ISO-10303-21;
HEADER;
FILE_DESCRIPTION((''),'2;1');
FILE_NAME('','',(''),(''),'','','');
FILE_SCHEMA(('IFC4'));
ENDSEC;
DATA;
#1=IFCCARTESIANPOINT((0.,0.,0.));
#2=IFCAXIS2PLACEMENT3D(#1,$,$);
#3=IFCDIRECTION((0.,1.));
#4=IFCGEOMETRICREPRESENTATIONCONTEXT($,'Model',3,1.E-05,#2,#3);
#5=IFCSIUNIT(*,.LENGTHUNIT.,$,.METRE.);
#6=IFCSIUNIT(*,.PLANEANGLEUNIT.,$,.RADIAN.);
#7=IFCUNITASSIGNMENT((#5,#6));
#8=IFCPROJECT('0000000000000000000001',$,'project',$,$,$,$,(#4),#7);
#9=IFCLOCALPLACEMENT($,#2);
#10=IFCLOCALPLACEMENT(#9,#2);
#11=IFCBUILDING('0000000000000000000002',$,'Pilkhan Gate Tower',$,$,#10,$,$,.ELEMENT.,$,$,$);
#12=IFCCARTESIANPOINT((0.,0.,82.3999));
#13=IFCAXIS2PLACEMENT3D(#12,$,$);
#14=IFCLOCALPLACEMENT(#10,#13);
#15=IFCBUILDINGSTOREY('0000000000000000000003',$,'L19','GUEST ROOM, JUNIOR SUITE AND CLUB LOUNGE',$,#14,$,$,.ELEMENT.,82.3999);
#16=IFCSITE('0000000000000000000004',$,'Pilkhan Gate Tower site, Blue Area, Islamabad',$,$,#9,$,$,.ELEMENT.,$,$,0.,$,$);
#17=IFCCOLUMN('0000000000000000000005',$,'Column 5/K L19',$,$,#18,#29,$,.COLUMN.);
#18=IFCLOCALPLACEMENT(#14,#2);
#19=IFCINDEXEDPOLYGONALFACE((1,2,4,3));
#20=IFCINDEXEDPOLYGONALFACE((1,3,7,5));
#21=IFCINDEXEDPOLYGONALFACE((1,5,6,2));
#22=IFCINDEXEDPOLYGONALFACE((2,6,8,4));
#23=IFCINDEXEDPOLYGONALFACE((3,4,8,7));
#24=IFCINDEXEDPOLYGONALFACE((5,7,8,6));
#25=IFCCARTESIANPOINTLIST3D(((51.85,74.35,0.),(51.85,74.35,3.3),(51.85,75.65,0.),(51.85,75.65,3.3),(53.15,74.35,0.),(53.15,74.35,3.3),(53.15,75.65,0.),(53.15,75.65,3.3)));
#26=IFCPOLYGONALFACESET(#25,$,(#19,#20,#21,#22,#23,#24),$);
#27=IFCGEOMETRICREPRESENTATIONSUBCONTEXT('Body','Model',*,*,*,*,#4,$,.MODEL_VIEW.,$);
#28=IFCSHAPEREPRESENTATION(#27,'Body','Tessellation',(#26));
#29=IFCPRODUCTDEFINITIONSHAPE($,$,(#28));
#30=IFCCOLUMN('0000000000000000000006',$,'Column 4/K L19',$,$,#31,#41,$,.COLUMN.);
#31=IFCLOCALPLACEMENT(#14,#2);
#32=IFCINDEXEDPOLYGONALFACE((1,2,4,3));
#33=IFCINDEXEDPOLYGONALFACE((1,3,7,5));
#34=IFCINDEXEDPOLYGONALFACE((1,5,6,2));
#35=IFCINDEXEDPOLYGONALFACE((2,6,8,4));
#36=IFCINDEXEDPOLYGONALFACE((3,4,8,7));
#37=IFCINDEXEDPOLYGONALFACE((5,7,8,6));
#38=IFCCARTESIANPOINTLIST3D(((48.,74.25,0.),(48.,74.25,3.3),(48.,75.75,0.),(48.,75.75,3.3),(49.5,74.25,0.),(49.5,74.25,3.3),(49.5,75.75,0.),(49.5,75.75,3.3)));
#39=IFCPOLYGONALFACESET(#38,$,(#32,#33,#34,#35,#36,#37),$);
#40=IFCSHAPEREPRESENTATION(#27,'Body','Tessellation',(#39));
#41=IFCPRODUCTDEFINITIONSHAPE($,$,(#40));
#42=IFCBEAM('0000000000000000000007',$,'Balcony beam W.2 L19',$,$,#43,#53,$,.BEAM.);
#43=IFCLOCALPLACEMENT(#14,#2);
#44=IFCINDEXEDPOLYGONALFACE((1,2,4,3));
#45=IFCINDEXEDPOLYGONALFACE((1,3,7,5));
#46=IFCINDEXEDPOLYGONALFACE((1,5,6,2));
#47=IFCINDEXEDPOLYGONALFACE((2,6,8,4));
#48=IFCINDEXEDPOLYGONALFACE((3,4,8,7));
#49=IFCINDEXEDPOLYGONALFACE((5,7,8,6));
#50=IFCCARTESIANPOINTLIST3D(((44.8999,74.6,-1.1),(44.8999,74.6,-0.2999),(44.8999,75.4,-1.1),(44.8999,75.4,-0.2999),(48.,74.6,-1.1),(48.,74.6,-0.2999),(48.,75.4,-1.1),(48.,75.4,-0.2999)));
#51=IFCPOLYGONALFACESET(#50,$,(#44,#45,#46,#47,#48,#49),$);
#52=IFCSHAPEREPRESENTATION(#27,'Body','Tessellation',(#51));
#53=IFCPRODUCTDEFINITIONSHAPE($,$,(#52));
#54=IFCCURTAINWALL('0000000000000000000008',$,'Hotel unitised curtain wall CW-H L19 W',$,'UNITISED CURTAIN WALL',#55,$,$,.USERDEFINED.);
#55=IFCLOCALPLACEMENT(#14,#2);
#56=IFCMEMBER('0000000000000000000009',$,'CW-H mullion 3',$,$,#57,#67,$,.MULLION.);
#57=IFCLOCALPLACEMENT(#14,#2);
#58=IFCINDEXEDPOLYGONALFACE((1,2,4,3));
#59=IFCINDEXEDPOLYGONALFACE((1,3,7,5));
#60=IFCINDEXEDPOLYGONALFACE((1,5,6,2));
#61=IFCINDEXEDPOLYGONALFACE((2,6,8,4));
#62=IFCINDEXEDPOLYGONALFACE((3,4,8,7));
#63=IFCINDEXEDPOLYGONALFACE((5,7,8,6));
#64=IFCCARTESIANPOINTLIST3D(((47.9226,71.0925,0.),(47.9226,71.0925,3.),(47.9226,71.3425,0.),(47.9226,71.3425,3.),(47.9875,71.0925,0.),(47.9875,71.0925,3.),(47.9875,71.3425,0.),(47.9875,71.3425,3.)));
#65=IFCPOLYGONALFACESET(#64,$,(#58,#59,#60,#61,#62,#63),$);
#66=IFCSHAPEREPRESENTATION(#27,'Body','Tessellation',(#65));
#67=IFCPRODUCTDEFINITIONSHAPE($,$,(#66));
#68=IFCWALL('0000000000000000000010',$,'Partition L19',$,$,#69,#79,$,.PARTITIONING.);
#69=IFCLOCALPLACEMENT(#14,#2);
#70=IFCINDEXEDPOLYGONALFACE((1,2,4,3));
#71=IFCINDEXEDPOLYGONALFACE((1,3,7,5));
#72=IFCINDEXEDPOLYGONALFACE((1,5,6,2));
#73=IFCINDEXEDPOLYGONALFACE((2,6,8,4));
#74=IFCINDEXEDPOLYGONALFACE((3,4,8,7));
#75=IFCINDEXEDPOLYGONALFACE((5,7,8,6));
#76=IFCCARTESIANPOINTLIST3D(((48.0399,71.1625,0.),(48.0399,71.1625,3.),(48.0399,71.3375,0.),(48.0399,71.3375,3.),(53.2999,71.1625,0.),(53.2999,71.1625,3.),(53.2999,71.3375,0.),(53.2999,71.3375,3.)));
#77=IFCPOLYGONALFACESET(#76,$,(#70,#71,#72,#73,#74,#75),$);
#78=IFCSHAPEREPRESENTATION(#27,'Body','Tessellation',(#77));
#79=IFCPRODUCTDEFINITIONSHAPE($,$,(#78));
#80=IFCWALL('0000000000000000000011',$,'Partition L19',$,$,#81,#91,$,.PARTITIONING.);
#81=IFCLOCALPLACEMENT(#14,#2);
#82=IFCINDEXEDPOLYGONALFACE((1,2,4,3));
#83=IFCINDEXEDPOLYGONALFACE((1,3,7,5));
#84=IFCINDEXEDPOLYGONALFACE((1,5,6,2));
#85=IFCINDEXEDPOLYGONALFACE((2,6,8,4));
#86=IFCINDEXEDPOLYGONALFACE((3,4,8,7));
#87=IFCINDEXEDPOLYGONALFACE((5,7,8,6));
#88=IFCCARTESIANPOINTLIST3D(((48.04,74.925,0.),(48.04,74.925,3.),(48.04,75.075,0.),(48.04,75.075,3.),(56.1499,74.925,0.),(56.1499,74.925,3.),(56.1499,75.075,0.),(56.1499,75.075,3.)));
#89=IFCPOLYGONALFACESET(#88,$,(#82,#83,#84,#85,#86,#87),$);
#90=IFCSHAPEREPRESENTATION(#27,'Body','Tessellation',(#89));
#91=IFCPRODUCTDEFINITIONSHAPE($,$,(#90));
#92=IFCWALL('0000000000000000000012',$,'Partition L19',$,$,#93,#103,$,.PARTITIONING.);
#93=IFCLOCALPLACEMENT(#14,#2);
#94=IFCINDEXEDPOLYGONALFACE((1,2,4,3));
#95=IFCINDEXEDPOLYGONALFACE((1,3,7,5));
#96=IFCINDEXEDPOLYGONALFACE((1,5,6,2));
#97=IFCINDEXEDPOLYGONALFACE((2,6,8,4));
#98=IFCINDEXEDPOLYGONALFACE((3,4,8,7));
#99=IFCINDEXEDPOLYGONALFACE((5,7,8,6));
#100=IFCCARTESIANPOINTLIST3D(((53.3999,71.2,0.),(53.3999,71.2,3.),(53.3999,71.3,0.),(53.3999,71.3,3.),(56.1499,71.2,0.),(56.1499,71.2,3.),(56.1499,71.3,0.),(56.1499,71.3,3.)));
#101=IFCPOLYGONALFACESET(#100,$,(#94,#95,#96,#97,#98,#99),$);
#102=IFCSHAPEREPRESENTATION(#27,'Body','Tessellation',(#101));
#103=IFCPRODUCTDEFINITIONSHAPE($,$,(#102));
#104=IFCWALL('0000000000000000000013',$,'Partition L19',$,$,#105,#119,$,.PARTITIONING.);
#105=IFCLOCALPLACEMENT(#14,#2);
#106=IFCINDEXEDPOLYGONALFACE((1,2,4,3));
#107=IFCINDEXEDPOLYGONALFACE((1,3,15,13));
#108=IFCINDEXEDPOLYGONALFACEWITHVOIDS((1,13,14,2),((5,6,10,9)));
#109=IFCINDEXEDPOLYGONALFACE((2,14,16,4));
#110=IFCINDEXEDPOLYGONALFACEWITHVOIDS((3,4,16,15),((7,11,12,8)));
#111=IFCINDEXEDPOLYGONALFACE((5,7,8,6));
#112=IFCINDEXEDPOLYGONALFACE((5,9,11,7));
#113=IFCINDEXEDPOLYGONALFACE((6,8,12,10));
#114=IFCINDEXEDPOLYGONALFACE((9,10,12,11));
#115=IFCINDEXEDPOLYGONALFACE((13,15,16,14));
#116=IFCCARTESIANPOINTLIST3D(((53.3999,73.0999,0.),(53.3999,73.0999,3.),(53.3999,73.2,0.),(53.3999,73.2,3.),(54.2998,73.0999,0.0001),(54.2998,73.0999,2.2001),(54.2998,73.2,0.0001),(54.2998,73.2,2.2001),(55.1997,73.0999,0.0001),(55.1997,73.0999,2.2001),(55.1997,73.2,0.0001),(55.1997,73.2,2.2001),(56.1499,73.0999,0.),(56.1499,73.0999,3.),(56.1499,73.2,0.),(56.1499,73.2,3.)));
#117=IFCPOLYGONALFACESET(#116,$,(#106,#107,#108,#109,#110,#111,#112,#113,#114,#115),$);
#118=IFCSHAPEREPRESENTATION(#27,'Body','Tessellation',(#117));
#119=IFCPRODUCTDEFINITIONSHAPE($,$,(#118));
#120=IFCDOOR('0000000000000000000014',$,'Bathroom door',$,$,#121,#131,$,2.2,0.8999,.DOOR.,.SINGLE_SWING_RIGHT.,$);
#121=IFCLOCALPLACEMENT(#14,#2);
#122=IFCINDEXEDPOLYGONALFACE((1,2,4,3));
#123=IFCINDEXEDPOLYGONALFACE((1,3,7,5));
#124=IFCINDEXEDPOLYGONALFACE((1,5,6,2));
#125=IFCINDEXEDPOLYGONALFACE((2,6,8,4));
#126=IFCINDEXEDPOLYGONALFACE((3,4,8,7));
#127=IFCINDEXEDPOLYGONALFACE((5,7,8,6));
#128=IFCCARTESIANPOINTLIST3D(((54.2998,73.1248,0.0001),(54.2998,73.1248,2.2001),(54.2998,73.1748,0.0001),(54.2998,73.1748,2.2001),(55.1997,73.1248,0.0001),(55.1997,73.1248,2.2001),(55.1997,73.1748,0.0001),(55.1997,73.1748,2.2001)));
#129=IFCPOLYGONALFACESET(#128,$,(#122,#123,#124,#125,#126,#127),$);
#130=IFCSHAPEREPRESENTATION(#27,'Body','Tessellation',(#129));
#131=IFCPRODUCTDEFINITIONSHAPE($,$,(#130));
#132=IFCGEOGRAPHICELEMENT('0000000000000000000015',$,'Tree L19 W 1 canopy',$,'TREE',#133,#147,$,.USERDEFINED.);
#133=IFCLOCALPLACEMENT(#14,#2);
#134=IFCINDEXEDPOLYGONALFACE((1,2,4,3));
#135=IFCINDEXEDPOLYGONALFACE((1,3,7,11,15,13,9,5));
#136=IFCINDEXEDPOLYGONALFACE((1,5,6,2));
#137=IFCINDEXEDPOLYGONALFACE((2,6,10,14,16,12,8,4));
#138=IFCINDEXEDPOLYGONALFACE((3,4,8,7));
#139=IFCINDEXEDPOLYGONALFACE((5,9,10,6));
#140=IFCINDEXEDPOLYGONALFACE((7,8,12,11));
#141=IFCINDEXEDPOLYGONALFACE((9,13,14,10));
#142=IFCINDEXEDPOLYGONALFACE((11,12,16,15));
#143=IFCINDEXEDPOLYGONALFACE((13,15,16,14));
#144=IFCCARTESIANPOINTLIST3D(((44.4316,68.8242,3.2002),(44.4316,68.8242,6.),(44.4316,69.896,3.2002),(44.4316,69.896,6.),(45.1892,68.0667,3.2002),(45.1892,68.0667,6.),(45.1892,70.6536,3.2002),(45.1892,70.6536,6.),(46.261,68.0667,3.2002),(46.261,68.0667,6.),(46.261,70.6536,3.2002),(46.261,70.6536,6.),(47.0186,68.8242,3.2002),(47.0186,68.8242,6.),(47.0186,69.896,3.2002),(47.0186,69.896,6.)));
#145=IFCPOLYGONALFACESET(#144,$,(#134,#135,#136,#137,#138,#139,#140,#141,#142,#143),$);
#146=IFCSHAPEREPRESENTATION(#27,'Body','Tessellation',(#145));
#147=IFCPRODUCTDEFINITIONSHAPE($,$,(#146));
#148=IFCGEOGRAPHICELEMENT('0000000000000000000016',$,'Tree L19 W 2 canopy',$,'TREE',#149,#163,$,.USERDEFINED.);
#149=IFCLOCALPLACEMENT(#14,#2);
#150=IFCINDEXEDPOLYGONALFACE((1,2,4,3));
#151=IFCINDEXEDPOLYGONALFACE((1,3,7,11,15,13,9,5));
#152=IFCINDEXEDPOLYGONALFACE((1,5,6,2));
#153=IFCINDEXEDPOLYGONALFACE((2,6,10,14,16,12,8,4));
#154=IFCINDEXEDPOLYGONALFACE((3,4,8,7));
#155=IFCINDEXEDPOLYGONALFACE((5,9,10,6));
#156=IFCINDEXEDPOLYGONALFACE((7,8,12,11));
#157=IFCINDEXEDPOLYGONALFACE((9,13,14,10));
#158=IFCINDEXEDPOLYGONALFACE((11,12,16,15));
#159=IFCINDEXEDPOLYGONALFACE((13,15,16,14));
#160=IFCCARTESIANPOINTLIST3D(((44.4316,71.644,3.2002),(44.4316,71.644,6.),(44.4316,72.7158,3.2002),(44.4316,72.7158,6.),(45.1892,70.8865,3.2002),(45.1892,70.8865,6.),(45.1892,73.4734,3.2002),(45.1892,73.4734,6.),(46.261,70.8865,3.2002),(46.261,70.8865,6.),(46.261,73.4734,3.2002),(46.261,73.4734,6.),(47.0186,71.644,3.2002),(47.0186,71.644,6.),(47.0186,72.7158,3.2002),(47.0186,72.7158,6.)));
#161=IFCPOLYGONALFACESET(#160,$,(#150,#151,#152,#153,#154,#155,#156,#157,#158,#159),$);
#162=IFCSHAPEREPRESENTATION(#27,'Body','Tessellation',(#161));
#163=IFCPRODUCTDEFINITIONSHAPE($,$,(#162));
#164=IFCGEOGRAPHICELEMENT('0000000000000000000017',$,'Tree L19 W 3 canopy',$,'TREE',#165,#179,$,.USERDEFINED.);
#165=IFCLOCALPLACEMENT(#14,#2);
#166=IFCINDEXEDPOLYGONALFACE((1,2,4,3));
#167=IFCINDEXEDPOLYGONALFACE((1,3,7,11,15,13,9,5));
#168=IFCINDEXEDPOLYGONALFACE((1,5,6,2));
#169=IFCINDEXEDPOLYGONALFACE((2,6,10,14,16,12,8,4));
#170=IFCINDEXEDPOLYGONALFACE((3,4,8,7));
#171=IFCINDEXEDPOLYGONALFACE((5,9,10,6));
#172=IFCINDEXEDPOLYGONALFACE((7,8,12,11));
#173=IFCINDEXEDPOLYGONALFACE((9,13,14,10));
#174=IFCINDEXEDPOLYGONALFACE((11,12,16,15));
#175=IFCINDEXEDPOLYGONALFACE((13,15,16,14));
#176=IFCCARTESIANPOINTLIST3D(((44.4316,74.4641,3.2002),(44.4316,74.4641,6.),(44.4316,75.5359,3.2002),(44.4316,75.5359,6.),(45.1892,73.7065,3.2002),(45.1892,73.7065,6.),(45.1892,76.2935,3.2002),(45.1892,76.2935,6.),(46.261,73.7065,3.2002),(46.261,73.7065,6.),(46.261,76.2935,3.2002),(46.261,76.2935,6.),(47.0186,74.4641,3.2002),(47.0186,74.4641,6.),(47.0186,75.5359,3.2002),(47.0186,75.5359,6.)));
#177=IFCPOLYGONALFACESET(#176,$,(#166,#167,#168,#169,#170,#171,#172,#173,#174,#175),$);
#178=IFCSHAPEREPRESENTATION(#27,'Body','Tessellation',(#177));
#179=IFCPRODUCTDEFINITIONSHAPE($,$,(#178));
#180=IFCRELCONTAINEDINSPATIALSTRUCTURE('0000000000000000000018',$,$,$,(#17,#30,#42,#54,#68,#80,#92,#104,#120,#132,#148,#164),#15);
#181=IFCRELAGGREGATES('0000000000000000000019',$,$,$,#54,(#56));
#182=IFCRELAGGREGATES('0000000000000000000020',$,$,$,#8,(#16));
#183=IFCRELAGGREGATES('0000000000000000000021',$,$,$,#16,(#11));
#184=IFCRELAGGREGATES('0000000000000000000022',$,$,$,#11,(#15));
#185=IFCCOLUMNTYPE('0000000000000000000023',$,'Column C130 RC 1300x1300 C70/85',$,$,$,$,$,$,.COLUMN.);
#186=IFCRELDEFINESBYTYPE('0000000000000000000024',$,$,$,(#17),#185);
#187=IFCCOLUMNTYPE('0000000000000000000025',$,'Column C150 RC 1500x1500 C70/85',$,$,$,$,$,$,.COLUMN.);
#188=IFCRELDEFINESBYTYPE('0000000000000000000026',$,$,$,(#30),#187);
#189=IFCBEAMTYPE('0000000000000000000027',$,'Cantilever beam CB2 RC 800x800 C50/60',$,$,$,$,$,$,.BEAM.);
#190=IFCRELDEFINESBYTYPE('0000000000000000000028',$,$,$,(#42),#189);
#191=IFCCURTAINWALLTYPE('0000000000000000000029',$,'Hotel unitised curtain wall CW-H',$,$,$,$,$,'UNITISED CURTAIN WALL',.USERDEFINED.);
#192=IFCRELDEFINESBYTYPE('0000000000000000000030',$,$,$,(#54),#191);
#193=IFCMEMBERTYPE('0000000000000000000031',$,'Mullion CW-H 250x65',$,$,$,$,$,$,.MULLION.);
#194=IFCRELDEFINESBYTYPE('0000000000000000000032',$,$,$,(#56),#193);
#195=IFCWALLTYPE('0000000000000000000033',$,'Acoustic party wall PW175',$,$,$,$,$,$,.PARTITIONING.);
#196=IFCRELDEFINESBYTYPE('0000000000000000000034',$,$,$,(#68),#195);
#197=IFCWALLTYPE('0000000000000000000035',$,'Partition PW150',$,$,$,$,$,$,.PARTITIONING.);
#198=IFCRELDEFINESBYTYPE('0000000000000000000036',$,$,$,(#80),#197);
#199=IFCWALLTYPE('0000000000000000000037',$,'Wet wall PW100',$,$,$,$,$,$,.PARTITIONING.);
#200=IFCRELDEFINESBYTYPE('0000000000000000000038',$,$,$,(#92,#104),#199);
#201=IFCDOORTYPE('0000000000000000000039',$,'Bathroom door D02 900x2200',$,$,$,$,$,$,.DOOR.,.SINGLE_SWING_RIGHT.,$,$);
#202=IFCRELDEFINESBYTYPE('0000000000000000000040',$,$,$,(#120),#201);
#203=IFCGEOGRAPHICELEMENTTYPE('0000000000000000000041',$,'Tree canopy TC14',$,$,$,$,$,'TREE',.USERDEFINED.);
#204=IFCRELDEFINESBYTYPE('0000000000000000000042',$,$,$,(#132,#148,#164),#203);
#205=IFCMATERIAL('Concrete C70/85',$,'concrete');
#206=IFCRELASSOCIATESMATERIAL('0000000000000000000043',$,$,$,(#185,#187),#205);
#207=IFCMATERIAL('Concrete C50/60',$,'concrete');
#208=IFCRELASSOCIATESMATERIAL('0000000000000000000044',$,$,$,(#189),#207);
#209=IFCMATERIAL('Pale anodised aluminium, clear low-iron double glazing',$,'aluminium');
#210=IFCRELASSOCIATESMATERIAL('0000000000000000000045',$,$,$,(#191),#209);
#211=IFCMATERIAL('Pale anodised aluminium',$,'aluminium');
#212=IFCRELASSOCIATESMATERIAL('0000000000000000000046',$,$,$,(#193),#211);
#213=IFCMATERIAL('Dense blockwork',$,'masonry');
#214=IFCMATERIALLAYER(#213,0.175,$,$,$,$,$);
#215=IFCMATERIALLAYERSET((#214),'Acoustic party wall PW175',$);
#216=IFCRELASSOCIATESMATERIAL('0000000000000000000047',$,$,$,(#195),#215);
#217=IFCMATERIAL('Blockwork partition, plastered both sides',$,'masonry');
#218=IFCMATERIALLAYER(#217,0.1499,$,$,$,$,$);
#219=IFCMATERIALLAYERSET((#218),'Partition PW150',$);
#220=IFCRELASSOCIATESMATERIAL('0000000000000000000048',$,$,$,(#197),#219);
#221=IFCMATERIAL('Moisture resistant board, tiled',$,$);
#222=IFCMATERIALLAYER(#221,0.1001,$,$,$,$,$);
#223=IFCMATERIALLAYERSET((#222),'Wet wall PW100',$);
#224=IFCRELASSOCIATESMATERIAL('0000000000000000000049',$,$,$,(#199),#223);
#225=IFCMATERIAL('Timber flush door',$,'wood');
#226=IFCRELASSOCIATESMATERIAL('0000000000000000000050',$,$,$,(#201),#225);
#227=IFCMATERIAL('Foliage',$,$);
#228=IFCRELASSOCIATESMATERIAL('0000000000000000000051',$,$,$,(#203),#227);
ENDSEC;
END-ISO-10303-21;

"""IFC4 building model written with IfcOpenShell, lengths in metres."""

from ifc_helpers import new_model, si_unit, direction, frame, frame_2d, origin, origin_2d, place, context, subcontext, project, spatial, polyline, rectangle, outline, extrude, material, layer, layer_set, material_profile, profile_set, type_object, element, fill, aggregate, save


model = new_model("IFC4")

# Units and contexts
model_context = context("Model", 3, precision=1e-05, world=origin(), true_north=direction((0.0, 1.0)))
body_context = subcontext(model_context, "Body", "Model", "MODEL_VIEW")
ifc_project = project(units=[si_unit("LENGTHUNIT", "METRE"), si_unit("PLANEANGLEUNIT", "RADIAN")], contexts=[model_context])

# Site, building, storey
site_placement = place(None, origin())
site = spatial("IfcSite", under=ifc_project, at=site_placement, Name="Pilkhan Gate Tower site, Blue Area, Islamabad", CompositionType="ELEMENT", RefElevation=0.0)
building_placement = place(site_placement, origin())
building = spatial("IfcBuilding", under=site, at=building_placement, Name="Pilkhan Gate Tower", CompositionType="ELEMENT")
storey_placement = place(building_placement, frame((0.0, 0.0, 82.3999)))
storey = spatial("IfcBuildingStorey", under=building, at=storey_placement, Name="L19", Description="GUEST ROOM, JUNIOR SUITE AND CLUB LOUNGE", CompositionType="ELEMENT", Elevation=82.3999)

# Columns
ifc_material_1 = material(Name="Concrete C70/85", Category="concrete")
ifc_material_profile_1 = material_profile(ifc_material_1, rectangle(XDim=1.3, YDim=1.3, at=origin_2d()), Name="RC 1300x1300")
ifc_profile_set_1 = profile_set([ifc_material_profile_1], Name="Concrete C70/85")
column_type_1 = type_object("IfcColumnType", Name="Column C130 RC 1300x1300 C70/85", PredefinedType="COLUMN", material=ifc_profile_set_1)
column_1_placement = place(storey_placement, frame((52.5, 75.0, 0.0), z_axis=(0.0, 0.0, 1.0), x_axis=(1.0, 0.0, 0.0)))
element("IfcColumn", 1, at=column_1_placement, inside=storey, type_object=column_type_1, Name="Column 5/K L19", PredefinedType="COLUMN", context=body_context, shape_type="SweptSolid", body=[
    extrude(rectangle(XDim=1.3, YDim=1.3, at=origin_2d()), origin(), (0.0, 0.0, 1.0), 3.3),
])
ifc_material_profile_2 = material_profile(ifc_material_1, rectangle(XDim=1.5, YDim=1.5, at=origin_2d()), Name="RC 1500x1500")
ifc_profile_set_2 = profile_set([ifc_material_profile_2], Name="Concrete C70/85")
column_type_2 = type_object("IfcColumnType", Name="Column C150 RC 1500x1500 C70/85", PredefinedType="COLUMN", material=ifc_profile_set_2)
column_2_placement = place(storey_placement, frame((48.75, 75.0, 0.0), z_axis=(0.0, 0.0, 1.0), x_axis=(1.0, 0.0, 0.0)))
element("IfcColumn", 2, at=column_2_placement, inside=storey, type_object=column_type_2, Name="Column 4/K L19", PredefinedType="COLUMN", context=body_context, shape_type="SweptSolid", body=[
    extrude(rectangle(XDim=1.5, YDim=1.5, at=origin_2d()), origin(), (0.0, 0.0, 1.0), 3.3),
])

# Beam
ifc_material_2 = material(Name="Concrete C50/60", Category="concrete")
ifc_material_profile_3 = material_profile(ifc_material_2, rectangle(XDim=0.8, YDim=0.8, at=origin_2d()), Name="RC 800x800")
ifc_profile_set_3 = profile_set([ifc_material_profile_3], Name="Concrete C50/60")
beam_type = type_object("IfcBeamType", Name="Cantilever beam CB2 RC 800x800 C50/60", PredefinedType="BEAM", material=ifc_profile_set_3)
beam_placement = place(storey_placement, frame((48.0, 75.0, -0.7), z_axis=(-1.0, 0.0, 0.0), x_axis=(0.0, -1.0, 0.0)))
element("IfcBeam", 3, at=beam_placement, inside=storey, type_object=beam_type, Name="Balcony beam W.2 L19", PredefinedType="BEAM", context=body_context, shape_type="SweptSolid", body=[
    extrude(rectangle(XDim=0.8, YDim=0.8, at=origin_2d()), origin(), (0.0, 0.0, 1.0), 3.1001),
])

# Curtain wall, member
ifc_material_3 = material(Name="Pale anodised aluminium, clear low-iron double glazing", Category="aluminium")
curtain_wall_type = type_object("IfcCurtainWallType", Name="Hotel unitised curtain wall CW-H", ElementType="UNITISED CURTAIN WALL", PredefinedType="USERDEFINED", material=ifc_material_3)
curtain_wall_placement = place(storey_placement, origin())
curtain_wall = element("IfcCurtainWall", 4, at=curtain_wall_placement, inside=storey, type_object=curtain_wall_type, Name="Hotel unitised curtain wall CW-H L19 W", ObjectType="UNITISED CURTAIN WALL", PredefinedType="USERDEFINED")
ifc_material_4 = material(Name="Pale anodised aluminium", Category="aluminium")
ifc_material_profile_4 = material_profile(ifc_material_4, rectangle(XDim=0.0649, YDim=0.25, at=origin_2d()), Name="Mullion 250x65")
ifc_profile_set_4 = profile_set([ifc_material_profile_4], Name="Pale anodised aluminium")
member_type = type_object("IfcMemberType", Name="Mullion CW-H 250x65", PredefinedType="MULLION", material=ifc_profile_set_4)
member_placement = place(storey_placement, frame((47.9551, 71.2175, 0.0), z_axis=(0.0, 0.0, 1.0), x_axis=(-1.0, 0.0, 0.0)))
member = element("IfcMember", 5, at=member_placement, type_object=member_type, Name="CW-H mullion 3", PredefinedType="MULLION", context=body_context, shape_type="SweptSolid", body=[
    extrude(rectangle(XDim=0.0649, YDim=0.25, at=origin_2d()), origin(), (0.0, 0.0, 1.0), 3.0),
])
aggregate(curtain_wall, [member])

# Wall
ifc_material_5 = material(Name="Dense blockwork", Category="masonry")
ifc_layer_1 = layer(ifc_material_5, 0.175)
ifc_layer_set_1 = layer_set([ifc_layer_1], Name="Acoustic party wall PW175")
wall_type_1 = type_object("IfcWallType", Name="Acoustic party wall PW175", PredefinedType="PARTITIONING", material=ifc_layer_set_1)
wall_1_placement = place(storey_placement, frame((48.04, 71.25, 0.0), z_axis=(0.0, 0.0, 1.0), x_axis=(1.0, 0.0, 0.0)))
element("IfcWall", 6, at=wall_1_placement, inside=storey, type_object=wall_type_1, Name="Partition L19", PredefinedType="PARTITIONING", context=body_context, shape_type="SweptSolid", body=[
    extrude(rectangle(XDim=5.26, YDim=0.175, at=frame_2d((2.6299, 0.0))), origin(), (0.0, 0.0, 1.0), 3.0),
])

# Walls
ifc_material_6 = material(Name="Blockwork partition, plastered both sides", Category="masonry")
ifc_layer_2 = layer(ifc_material_6, 0.1499)
ifc_layer_set_2 = layer_set([ifc_layer_2], Name="Partition PW150")
wall_type_2 = type_object("IfcWallType", Name="Partition PW150", PredefinedType="PARTITIONING", material=ifc_layer_set_2)
wall_2_placement = place(storey_placement, frame((48.04, 75.0, 0.0), z_axis=(0.0, 0.0, 1.0), x_axis=(1.0, 0.0, 0.0)))
element("IfcWall", 7, at=wall_2_placement, inside=storey, type_object=wall_type_2, Name="Partition L19", PredefinedType="PARTITIONING", context=body_context, shape_type="SweptSolid", body=[
    extrude(rectangle(XDim=8.1099, YDim=0.1499, at=frame_2d((4.0549, 0.0))), origin(), (0.0, 0.0, 1.0), 3.0),
])
ifc_material_7 = material(Name="Moisture resistant board, tiled")
ifc_layer_3 = layer(ifc_material_7, 0.1001)
ifc_layer_set_3 = layer_set([ifc_layer_3], Name="Wet wall PW100")
wall_type_3 = type_object("IfcWallType", Name="Wet wall PW100", PredefinedType="PARTITIONING", material=ifc_layer_set_3)
wall_3_placement = place(storey_placement, frame((53.3999, 71.25, 0.0), z_axis=(0.0, 0.0, 1.0), x_axis=(1.0, 0.0, 0.0)))
element("IfcWall", 8, at=wall_3_placement, inside=storey, type_object=wall_type_3, Name="Partition L19", PredefinedType="PARTITIONING", context=body_context, shape_type="SweptSolid", body=[
    extrude(rectangle(XDim=2.75, YDim=0.1001, at=frame_2d((1.375, 0.0))), origin(), (0.0, 0.0, 1.0), 3.0),
])

# Wall, opening, door
wall_4_placement = place(storey_placement, frame((53.3999, 73.1499, 0.0), z_axis=(0.0, 0.0, 1.0), x_axis=(1.0, 0.0, 0.0)))
wall_4 = element("IfcWall", 9, at=wall_4_placement, inside=storey, type_object=wall_type_3, Name="Partition L19", PredefinedType="PARTITIONING", context=body_context, shape_type="SweptSolid", body=[
    extrude(rectangle(XDim=2.75, YDim=0.1001, at=frame_2d((1.375, 0.0))), origin(), (0.0, 0.0, 1.0), 3.0),
])
opening_1_placement = place(wall_4_placement, frame((0.8999, 0.0, 0.0)))
opening_1 = element("IfcOpeningElement", 10, at=opening_1_placement, cuts=wall_4, PredefinedType="OPENING", context=body_context, shape_type="SweptSolid", body=[
    extrude(rectangle(XDim=0.8999, YDim=2.2, at=frame_2d((0.45, 1.1001))), frame((0.0, 0.0601, 0.0), z_axis=(0.0, -1.0, 0.0), x_axis=(1.0, 0.0, 0.0)), (0.0, 0.0, 1.0), 0.1201),
])
ifc_material_8 = material(Name="Timber flush door", Category="wood")
door_type_1 = type_object("IfcDoorType", Name="Bathroom door D02 900x2200", OperationType="SINGLE_SWING_RIGHT", PredefinedType="DOOR", material=ifc_material_8)
door_1_placement = place(opening_1_placement, origin())
door_1 = element("IfcDoor", 11, at=door_1_placement, inside=storey, type_object=door_type_1, Name="Bathroom door", OperationType="SINGLE_SWING_RIGHT", OverallHeight=2.2, OverallWidth=0.8999, PredefinedType="DOOR", context=body_context, shape_type="SweptSolid", body=[
    extrude(rectangle(XDim=0.8999, YDim=2.2, at=frame_2d((0.45, 1.1001))), frame((0.0, 0.0249, 0.0), z_axis=(0.0, -1.0, 0.0), x_axis=(1.0, 0.0, 0.0)), (0.0, 0.0, 1.0), 0.05),
])
fill(opening_1, door_1)

# Geographic elements
ifc_material_9 = material(Name="Foliage")
ifc_material_profile_5 = material_profile(ifc_material_9, outline(polyline([(1.2935, 0.5359), (0.5359, 1.2935), (-0.5359, 1.2935), (-1.2935, 0.5359), (-1.2935, -0.5359), (-0.5359, -1.2935), (0.5359, -1.2935), (1.2935, -0.5359), (1.2935, 0.5359)])), Name="Canopy D2.8")
ifc_profile_set_5 = profile_set([ifc_material_profile_5], Name="Foliage")
geographic_element_type_1 = type_object("IfcGeographicElementType", Name="Tree canopy TC14", ElementType="TREE", PredefinedType="USERDEFINED", material=ifc_profile_set_5)
for number, where, z_axis, x_axis, name in (
    (12, (45.7251, 69.3601, 3.2002), (0.0, 0.0, 1.0), (1.0, 0.0, 0.0), "Tree L19 W 1 canopy"),
    (13, (45.7251, 72.1799, 3.2002), (0.0, 0.0, 1.0), (1.0, 0.0, 0.0), "Tree L19 W 2 canopy"),
    (14, (45.7251, 75.0, 3.2002), (0.0, 0.0, 1.0), (1.0, 0.0, 0.0), "Tree L19 W 3 canopy"),
):
    element("IfcGeographicElement", number, at=place(storey_placement, frame(where, z_axis=z_axis, x_axis=x_axis)), inside=storey, type_object=geographic_element_type_1, Name=name, ObjectType="TREE", PredefinedType="USERDEFINED", context=body_context, shape_type="SweptSolid", body=[
        extrude(outline(polyline([(1.2935, 0.5359), (0.5359, 1.2935), (-0.5359, 1.2935), (-1.2935, 0.5359), (-1.2935, -0.5359), (-0.5359, -1.2935), (0.5359, -1.2935), (1.2935, -0.5359), (1.2935, 0.5359)])), origin(), (0.0, 0.0, 1.0), 2.7998),
    ])

save(model, "model.ifc")
